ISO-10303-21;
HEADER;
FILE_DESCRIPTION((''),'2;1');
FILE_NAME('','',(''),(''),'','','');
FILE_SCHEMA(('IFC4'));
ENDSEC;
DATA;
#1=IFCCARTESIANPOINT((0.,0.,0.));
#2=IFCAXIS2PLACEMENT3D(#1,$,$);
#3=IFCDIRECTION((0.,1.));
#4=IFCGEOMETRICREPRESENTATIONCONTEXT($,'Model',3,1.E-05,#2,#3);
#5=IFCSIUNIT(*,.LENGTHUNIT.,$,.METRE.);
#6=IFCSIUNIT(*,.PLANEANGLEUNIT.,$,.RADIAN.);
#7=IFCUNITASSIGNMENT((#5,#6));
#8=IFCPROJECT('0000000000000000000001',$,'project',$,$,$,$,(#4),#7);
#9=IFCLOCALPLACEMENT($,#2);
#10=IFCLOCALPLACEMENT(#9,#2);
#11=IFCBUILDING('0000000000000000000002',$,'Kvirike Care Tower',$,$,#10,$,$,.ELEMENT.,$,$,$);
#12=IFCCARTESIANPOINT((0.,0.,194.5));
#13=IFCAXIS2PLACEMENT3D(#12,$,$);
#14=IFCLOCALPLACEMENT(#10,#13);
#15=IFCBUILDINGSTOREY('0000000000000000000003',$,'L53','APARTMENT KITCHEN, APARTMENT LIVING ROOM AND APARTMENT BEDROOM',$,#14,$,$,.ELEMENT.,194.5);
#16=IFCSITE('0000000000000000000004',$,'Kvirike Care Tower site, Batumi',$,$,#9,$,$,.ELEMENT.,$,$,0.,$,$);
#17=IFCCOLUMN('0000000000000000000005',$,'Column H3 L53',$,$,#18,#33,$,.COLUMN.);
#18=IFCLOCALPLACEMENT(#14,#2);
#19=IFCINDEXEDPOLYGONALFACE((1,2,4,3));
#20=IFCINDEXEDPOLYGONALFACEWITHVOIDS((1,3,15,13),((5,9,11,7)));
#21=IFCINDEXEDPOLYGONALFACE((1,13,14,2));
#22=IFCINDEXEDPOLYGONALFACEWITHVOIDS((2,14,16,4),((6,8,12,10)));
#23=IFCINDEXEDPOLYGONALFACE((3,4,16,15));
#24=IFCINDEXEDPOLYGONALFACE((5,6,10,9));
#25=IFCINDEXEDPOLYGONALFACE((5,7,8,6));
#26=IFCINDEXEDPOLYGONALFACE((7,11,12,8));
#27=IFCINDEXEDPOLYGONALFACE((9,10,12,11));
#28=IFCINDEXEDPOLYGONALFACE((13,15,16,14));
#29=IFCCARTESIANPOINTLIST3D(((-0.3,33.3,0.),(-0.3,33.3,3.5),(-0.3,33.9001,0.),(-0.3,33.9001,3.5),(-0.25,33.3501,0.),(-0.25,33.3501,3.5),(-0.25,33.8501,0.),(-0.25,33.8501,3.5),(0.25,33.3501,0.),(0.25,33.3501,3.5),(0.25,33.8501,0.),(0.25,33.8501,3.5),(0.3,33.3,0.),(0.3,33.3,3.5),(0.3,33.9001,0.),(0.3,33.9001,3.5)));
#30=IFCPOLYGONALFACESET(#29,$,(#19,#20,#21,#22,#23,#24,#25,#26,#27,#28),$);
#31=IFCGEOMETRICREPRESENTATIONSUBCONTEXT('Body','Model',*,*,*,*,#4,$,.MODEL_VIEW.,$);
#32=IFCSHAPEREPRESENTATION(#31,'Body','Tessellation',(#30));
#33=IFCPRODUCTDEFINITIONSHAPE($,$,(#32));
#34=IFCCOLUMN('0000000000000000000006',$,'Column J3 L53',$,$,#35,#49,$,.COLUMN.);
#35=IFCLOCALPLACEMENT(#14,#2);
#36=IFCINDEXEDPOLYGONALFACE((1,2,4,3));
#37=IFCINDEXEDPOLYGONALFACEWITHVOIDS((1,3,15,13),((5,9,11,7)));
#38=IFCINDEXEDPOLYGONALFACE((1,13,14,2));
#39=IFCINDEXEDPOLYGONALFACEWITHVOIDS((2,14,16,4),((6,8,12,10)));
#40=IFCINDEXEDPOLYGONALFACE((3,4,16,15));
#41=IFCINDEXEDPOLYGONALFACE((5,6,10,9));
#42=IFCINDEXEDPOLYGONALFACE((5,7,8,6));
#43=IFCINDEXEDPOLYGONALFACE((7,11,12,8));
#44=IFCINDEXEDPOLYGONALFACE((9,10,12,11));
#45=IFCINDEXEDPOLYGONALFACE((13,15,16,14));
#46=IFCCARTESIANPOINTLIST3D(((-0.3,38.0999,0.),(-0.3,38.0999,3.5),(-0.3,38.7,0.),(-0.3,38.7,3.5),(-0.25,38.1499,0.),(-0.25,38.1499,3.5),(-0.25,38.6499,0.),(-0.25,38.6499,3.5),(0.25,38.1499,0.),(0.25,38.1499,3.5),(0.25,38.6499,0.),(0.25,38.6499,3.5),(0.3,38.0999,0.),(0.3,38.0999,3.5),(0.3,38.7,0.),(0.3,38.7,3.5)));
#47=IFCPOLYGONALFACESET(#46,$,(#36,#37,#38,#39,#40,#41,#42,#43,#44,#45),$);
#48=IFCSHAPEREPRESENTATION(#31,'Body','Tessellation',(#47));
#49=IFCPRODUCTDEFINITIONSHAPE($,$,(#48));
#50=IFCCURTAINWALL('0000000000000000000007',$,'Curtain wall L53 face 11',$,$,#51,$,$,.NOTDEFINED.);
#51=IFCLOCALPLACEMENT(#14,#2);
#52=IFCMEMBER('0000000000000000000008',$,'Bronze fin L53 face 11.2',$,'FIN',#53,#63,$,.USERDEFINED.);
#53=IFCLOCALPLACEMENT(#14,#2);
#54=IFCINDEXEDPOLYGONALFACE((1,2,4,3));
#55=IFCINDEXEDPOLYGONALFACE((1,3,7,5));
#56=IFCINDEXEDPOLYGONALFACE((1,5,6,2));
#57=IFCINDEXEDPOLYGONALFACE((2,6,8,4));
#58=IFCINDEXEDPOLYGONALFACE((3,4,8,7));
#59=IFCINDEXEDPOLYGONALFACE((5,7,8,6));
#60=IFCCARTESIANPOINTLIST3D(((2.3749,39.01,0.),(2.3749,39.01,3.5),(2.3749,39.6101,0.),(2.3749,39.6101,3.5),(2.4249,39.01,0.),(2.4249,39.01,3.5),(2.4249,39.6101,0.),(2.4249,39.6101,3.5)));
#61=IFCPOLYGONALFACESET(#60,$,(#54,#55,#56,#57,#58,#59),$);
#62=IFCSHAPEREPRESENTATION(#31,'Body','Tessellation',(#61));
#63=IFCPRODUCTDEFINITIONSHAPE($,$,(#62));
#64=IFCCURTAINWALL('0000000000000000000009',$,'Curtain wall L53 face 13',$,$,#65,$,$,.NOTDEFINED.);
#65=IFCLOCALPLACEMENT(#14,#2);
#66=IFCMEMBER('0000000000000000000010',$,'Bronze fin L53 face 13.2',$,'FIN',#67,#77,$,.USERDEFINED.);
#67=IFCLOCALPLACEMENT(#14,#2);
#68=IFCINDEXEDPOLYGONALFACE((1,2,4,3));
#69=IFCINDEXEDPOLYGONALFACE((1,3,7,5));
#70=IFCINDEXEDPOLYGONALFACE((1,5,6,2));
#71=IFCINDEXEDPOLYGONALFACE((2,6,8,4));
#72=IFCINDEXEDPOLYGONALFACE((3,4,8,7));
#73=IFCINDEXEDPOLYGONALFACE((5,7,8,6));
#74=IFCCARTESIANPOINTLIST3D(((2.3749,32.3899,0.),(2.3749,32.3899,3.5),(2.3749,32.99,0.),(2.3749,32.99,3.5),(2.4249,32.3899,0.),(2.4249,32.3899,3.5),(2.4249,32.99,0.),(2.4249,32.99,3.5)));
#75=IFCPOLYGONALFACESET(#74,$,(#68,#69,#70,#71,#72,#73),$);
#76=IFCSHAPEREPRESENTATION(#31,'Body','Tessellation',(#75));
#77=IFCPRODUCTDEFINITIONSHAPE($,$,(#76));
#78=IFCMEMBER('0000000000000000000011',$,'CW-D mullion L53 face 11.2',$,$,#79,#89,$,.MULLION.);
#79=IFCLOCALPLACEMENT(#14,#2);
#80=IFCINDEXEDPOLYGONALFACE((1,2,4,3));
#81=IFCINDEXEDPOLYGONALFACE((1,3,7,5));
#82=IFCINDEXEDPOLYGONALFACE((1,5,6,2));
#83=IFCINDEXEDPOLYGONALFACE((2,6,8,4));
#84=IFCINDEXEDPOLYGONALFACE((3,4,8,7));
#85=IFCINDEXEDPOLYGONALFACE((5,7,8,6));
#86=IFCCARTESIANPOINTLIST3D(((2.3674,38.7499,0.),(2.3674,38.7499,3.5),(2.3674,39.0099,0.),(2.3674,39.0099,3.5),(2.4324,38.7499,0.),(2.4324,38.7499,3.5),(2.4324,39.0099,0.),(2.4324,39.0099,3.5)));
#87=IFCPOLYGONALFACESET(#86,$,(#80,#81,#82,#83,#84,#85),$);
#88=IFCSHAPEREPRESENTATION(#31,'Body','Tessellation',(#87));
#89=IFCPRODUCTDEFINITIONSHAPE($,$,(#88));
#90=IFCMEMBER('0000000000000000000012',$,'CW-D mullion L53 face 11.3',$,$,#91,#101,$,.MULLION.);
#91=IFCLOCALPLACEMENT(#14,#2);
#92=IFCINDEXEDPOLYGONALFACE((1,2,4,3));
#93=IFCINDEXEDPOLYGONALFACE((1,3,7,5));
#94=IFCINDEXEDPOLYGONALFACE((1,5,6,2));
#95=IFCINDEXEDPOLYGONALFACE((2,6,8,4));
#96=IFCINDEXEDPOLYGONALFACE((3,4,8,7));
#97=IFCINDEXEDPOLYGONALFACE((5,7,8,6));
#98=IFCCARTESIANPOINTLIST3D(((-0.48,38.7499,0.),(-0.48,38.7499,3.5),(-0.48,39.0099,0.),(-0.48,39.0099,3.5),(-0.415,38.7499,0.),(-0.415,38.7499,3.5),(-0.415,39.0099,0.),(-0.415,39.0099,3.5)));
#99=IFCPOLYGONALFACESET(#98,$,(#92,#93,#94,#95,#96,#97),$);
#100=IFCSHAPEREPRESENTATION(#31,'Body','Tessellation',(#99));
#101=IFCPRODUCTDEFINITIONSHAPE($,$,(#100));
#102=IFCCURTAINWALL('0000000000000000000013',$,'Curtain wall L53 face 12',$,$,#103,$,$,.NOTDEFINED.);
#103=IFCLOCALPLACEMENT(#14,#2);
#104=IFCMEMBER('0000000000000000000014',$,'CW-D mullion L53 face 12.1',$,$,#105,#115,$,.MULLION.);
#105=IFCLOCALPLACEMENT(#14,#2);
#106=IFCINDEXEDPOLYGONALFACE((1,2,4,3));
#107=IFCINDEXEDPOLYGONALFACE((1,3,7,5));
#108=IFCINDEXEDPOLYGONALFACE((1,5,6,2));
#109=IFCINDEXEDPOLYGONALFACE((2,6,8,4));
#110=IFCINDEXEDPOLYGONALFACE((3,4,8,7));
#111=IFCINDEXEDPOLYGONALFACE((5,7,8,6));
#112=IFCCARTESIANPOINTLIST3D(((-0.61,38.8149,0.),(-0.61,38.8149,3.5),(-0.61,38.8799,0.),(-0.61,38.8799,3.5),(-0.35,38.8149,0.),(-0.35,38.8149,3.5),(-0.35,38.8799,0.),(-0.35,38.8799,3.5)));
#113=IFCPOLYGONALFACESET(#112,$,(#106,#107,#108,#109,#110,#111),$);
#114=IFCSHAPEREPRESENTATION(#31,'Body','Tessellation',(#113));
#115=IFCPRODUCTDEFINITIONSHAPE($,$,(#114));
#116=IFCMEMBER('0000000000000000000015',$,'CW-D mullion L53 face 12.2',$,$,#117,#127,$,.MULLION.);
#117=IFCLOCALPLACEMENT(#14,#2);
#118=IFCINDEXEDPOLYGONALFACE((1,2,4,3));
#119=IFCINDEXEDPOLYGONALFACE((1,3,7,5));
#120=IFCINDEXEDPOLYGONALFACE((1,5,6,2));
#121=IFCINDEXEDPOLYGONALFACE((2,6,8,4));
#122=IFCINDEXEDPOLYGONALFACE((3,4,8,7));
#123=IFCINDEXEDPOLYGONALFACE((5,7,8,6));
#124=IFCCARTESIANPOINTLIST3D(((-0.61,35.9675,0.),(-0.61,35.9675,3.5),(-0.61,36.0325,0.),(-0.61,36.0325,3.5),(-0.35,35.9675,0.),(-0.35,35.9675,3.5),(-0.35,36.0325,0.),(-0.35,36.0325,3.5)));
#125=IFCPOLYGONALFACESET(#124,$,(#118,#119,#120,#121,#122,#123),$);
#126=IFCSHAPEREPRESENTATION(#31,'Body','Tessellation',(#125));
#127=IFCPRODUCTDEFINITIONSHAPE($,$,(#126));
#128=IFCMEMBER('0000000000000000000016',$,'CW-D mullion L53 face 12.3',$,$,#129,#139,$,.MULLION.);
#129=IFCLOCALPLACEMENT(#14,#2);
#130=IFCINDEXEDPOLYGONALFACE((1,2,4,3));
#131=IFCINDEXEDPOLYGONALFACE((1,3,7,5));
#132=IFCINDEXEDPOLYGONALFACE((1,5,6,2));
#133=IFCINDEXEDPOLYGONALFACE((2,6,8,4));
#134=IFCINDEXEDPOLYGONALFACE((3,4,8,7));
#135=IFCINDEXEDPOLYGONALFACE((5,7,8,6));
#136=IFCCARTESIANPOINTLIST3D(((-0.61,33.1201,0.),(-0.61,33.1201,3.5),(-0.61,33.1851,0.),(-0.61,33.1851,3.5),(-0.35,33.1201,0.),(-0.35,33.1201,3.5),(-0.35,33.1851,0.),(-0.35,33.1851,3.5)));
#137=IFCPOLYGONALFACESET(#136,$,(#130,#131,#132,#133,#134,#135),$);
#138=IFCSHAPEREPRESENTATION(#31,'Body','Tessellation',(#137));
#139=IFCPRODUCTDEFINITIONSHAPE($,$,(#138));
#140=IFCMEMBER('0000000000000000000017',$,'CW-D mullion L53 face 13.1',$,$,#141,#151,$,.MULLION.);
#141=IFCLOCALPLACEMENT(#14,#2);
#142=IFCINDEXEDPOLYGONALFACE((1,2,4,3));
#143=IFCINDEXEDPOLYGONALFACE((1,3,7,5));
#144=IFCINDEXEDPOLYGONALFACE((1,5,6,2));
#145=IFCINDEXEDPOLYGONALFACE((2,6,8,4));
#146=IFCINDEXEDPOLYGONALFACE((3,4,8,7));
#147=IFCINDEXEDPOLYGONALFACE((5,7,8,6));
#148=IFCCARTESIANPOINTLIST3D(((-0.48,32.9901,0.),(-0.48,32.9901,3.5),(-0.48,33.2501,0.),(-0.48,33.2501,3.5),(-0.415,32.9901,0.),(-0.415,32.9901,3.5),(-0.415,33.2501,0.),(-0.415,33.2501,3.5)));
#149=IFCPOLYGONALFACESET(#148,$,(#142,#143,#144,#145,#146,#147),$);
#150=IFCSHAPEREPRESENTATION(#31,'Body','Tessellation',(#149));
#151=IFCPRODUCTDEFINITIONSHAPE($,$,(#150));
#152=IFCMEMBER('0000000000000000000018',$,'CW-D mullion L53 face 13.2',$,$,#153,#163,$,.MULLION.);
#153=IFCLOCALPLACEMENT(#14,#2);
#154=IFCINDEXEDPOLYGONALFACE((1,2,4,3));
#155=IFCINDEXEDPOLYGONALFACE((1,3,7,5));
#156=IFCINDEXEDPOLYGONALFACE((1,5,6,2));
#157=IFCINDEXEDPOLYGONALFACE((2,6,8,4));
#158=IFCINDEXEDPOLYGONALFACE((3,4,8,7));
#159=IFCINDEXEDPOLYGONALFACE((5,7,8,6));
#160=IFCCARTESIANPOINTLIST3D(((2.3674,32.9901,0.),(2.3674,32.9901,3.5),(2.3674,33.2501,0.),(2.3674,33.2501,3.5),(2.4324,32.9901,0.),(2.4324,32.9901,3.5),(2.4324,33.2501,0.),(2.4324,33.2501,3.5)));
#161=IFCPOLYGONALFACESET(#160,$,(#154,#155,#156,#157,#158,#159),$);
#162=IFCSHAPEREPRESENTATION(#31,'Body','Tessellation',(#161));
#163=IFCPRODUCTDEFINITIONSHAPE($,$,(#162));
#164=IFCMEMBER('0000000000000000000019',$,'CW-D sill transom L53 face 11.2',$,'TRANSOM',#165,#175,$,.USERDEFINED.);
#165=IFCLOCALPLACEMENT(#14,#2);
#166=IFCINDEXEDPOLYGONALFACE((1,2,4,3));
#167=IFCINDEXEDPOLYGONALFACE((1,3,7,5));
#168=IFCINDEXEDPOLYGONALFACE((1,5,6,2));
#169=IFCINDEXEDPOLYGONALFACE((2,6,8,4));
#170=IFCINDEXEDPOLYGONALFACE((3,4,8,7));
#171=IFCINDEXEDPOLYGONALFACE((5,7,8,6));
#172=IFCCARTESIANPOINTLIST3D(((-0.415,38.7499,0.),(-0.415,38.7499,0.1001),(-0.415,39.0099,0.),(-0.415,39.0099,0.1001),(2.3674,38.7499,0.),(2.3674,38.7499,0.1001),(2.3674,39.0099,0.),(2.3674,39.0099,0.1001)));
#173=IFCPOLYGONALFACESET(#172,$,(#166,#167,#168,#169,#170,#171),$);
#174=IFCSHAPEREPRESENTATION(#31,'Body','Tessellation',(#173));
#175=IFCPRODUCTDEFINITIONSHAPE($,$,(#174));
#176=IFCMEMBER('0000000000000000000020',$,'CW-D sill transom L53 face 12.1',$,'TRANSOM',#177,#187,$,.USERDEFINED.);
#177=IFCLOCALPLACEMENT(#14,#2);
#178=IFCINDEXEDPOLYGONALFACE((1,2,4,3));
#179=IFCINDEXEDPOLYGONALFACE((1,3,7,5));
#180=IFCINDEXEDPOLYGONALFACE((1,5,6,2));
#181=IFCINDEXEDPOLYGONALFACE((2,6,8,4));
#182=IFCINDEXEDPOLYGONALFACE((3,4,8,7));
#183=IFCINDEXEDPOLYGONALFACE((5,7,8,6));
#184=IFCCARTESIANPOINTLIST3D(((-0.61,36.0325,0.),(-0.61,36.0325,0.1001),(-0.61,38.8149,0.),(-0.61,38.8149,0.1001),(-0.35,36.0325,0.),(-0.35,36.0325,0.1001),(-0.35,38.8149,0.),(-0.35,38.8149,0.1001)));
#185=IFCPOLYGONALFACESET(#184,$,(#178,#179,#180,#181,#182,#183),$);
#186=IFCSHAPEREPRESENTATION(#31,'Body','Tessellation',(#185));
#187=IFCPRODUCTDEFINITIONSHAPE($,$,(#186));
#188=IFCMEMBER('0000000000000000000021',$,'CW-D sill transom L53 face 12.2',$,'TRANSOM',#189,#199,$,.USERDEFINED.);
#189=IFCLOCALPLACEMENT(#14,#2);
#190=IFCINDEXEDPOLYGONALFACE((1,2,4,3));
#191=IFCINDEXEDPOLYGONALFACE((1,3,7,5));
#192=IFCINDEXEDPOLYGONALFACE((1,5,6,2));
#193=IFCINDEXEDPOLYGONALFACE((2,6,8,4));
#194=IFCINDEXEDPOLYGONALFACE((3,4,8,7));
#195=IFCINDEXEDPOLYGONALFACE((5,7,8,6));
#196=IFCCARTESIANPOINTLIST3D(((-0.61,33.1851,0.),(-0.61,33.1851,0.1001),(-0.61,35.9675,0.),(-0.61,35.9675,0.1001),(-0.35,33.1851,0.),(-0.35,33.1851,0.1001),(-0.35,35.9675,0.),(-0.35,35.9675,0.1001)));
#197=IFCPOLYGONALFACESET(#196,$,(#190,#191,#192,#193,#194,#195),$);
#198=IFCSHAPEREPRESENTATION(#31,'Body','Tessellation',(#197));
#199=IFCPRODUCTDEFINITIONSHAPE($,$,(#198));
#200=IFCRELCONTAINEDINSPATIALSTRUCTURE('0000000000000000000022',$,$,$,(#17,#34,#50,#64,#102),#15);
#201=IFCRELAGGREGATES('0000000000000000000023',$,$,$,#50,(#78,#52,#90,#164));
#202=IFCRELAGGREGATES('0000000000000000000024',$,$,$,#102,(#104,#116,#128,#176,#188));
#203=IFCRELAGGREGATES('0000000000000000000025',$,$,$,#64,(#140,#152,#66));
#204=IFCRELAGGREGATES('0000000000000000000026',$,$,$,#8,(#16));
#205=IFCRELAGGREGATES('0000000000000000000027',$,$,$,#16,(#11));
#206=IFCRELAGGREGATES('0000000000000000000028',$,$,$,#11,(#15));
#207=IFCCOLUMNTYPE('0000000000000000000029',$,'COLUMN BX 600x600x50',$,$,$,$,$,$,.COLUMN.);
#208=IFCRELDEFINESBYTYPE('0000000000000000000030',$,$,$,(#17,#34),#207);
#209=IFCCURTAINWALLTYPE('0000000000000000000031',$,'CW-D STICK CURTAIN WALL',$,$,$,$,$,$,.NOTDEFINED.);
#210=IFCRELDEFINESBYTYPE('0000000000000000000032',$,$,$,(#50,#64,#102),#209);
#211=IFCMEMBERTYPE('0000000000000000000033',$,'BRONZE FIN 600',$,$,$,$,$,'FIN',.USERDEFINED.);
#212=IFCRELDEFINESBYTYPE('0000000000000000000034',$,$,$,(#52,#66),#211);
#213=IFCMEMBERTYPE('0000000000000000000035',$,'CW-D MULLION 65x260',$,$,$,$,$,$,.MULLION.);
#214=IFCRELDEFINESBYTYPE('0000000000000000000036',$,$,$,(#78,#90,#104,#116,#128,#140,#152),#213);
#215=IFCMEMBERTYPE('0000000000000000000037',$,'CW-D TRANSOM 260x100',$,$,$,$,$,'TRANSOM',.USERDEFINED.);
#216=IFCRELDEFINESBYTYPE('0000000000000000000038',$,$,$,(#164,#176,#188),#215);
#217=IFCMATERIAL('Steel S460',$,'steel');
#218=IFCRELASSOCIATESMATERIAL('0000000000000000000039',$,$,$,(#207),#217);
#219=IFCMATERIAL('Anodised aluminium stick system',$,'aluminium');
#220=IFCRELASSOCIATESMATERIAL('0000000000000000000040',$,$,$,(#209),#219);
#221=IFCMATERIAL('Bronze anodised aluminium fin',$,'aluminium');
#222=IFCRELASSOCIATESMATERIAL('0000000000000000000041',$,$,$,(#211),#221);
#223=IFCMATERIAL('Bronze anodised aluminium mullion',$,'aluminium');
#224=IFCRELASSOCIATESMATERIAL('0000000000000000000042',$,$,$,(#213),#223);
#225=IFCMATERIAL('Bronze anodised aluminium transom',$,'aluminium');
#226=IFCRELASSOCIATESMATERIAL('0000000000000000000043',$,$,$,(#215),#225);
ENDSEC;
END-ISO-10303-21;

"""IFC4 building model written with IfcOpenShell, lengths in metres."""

from ifc_helpers import new_model, si_unit, direction, frame, origin, origin_2d, place, context, subcontext, project, spatial, rectangle, hollow_rectangle, extrude, material, material_profile, profile_set, type_object, element, aggregate, save


model = new_model("IFC4")

# Units and contexts
model_context = context("Model", 3, precision=1e-05, world=origin(), true_north=direction((0.0, 1.0)))
body_context = subcontext(model_context, "Body", "Model", "MODEL_VIEW")
ifc_project = project(units=[si_unit("LENGTHUNIT", "METRE"), si_unit("PLANEANGLEUNIT", "RADIAN")], contexts=[model_context])

# Site, building, storey
site_placement = place(None, origin())
site = spatial("IfcSite", under=ifc_project, at=site_placement, Name="Kvirike Care Tower site, Batumi", CompositionType="ELEMENT", RefElevation=0.0)
building_placement = place(site_placement, origin())
building = spatial("IfcBuilding", under=site, at=building_placement, Name="Kvirike Care Tower", CompositionType="ELEMENT")
storey_placement = place(building_placement, frame((0.0, 0.0, 194.5)))
storey = spatial("IfcBuildingStorey", under=building, at=storey_placement, Name="L53", Description="APARTMENT KITCHEN, APARTMENT LIVING ROOM AND APARTMENT BEDROOM", CompositionType="ELEMENT", Elevation=194.5)

# Columns
ifc_material_1 = material(Name="Steel S460", Category="steel")
ifc_material_profile_1 = material_profile(ifc_material_1, hollow_rectangle(XDim=0.6001, YDim=0.6001, WallThickness=0.05, at=origin_2d()), Name="BX 600x600x50")
ifc_profile_set_1 = profile_set([ifc_material_profile_1], Name="Steel S460")
column_type = type_object("IfcColumnType", Name="COLUMN BX 600x600x50", PredefinedType="COLUMN", material=ifc_profile_set_1)
for number, where, z_axis, x_axis, name in (
    (1, (0.0, 33.6001, 0.0), (0.0, 0.0, 1.0), (0.0, 1.0, 0.0), "Column H3 L53"),
    (2, (0.0, 38.3999, 0.0), (0.0, 0.0, 1.0), (0.0, 1.0, 0.0), "Column J3 L53"),
):
    element("IfcColumn", number, at=place(storey_placement, frame(where, z_axis=z_axis, x_axis=x_axis)), inside=storey, type_object=column_type, Name=name, PredefinedType="COLUMN", context=body_context, shape_type="SweptSolid", body=[
        extrude(hollow_rectangle(XDim=0.6001, YDim=0.6001, WallThickness=0.05, at=origin_2d()), origin(), (0.0, 0.0, 1.0), 3.5),
    ])

# Curtain walls, members
ifc_material_2 = material(Name="Anodised aluminium stick system", Category="aluminium")
curtain_wall_type = type_object("IfcCurtainWallType", Name="CW-D STICK CURTAIN WALL", PredefinedType="NOTDEFINED", material=ifc_material_2)
curtain_wall_1_placement = place(storey_placement, origin())
curtain_wall_1 = element("IfcCurtainWall", 3, at=curtain_wall_1_placement, inside=storey, type_object=curtain_wall_type, Name="Curtain wall L53 face 11", PredefinedType="NOTDEFINED")
ifc_material_3 = material(Name="Bronze anodised aluminium fin", Category="aluminium")
ifc_material_profile_2 = material_profile(ifc_material_3, rectangle(XDim=0.05, YDim=0.6001, at=origin_2d()), Name="BRONZE FIN 600")
ifc_profile_set_2 = profile_set([ifc_material_profile_2], Name="Bronze anodised aluminium fin")
member_type_1 = type_object("IfcMemberType", Name="BRONZE FIN 600", ElementType="FIN", PredefinedType="USERDEFINED", material=ifc_profile_set_2)
member_1_placement = place(storey_placement, frame((2.3999, 39.3101, 0.0), z_axis=(0.0, 0.0, 1.0), x_axis=(-1.0, 0.0, 0.0)))
member_1 = element("IfcMember", 4, at=member_1_placement, type_object=member_type_1, Name="Bronze fin L53 face 11.2", ObjectType="FIN", PredefinedType="USERDEFINED", context=body_context, shape_type="SweptSolid", body=[
    extrude(rectangle(XDim=0.05, YDim=0.6001, at=origin_2d()), origin(), (0.0, 0.0, 1.0), 3.5),
])
curtain_wall_2_placement = place(storey_placement, origin())
curtain_wall_2 = element("IfcCurtainWall", 5, at=curtain_wall_2_placement, inside=storey, type_object=curtain_wall_type, Name="Curtain wall L53 face 13", PredefinedType="NOTDEFINED")
member_2_placement = place(storey_placement, frame((2.3999, 32.6899, 0.0), z_axis=(0.0, 0.0, 1.0), x_axis=(1.0, 0.0, 0.0)))
member_2 = element("IfcMember", 6, at=member_2_placement, type_object=member_type_1, Name="Bronze fin L53 face 13.2", ObjectType="FIN", PredefinedType="USERDEFINED", context=body_context, shape_type="SweptSolid", body=[
    extrude(rectangle(XDim=0.05, YDim=0.6001, at=origin_2d()), origin(), (0.0, 0.0, 1.0), 3.5),
])

# Members
ifc_material_4 = material(Name="Bronze anodised aluminium mullion", Category="aluminium")
ifc_material_profile_3 = material_profile(ifc_material_4, rectangle(XDim=0.0649, YDim=0.26, at=origin_2d()), Name="CW-D MULLION 65x260")
ifc_profile_set_3 = profile_set([ifc_material_profile_3], Name="Bronze anodised aluminium mullion")
member_type_2 = type_object("IfcMemberType", Name="CW-D MULLION 65x260", PredefinedType="MULLION", material=ifc_profile_set_3)
member_3_placement = place(storey_placement, frame((2.3999, 38.8799, 0.0), z_axis=(0.0, 0.0, 1.0), x_axis=(-1.0, 0.0, 0.0)))
member_3 = element("IfcMember", 7, at=member_3_placement, type_object=member_type_2, Name="CW-D mullion L53 face 11.2", PredefinedType="MULLION", context=body_context, shape_type="SweptSolid", body=[
    extrude(rectangle(XDim=0.0649, YDim=0.26, at=origin_2d()), origin(), (0.0, 0.0, 1.0), 3.5),
])
member_4_placement = place(storey_placement, frame((-0.4475, 38.8799, 0.0), z_axis=(0.0, 0.0, 1.0), x_axis=(-1.0, 0.0, 0.0)))
member_4 = element("IfcMember", 8, at=member_4_placement, type_object=member_type_2, Name="CW-D mullion L53 face 11.3", PredefinedType="MULLION", context=body_context, shape_type="SweptSolid", body=[
    extrude(rectangle(XDim=0.0649, YDim=0.26, at=origin_2d()), origin(), (0.0, 0.0, 1.0), 3.5),
])

# Curtain wall, members
curtain_wall_3_placement = place(storey_placement, origin())
curtain_wall_3 = element("IfcCurtainWall", 9, at=curtain_wall_3_placement, inside=storey, type_object=curtain_wall_type, Name="Curtain wall L53 face 12", PredefinedType="NOTDEFINED")
member_5_placement = place(storey_placement, frame((-0.48, 38.8474, 0.0), z_axis=(0.0, 0.0, 1.0), x_axis=(0.0, -1.0, 0.0)))
member_5 = element("IfcMember", 10, at=member_5_placement, type_object=member_type_2, Name="CW-D mullion L53 face 12.1", PredefinedType="MULLION", context=body_context, shape_type="SweptSolid", body=[
    extrude(rectangle(XDim=0.0649, YDim=0.26, at=origin_2d()), origin(), (0.0, 0.0, 1.0), 3.5),
])
member_6_placement = place(storey_placement, frame((-0.48, 36.0, 0.0), z_axis=(0.0, 0.0, 1.0), x_axis=(0.0, -1.0, 0.0)))
member_6 = element("IfcMember", 11, at=member_6_placement, type_object=member_type_2, Name="CW-D mullion L53 face 12.2", PredefinedType="MULLION", context=body_context, shape_type="SweptSolid", body=[
    extrude(rectangle(XDim=0.0649, YDim=0.26, at=origin_2d()), origin(), (0.0, 0.0, 1.0), 3.5),
])
member_7_placement = place(storey_placement, frame((-0.48, 33.1526, 0.0), z_axis=(0.0, 0.0, 1.0), x_axis=(0.0, -1.0, 0.0)))
member_7 = element("IfcMember", 12, at=member_7_placement, type_object=member_type_2, Name="CW-D mullion L53 face 12.3", PredefinedType="MULLION", context=body_context, shape_type="SweptSolid", body=[
    extrude(rectangle(XDim=0.0649, YDim=0.26, at=origin_2d()), origin(), (0.0, 0.0, 1.0), 3.5),
])

# Members
member_8_placement = place(storey_placement, frame((-0.4475, 33.1201, 0.0), z_axis=(0.0, 0.0, 1.0), x_axis=(1.0, 0.0, 0.0)))
member_8 = element("IfcMember", 13, at=member_8_placement, type_object=member_type_2, Name="CW-D mullion L53 face 13.1", PredefinedType="MULLION", context=body_context, shape_type="SweptSolid", body=[
    extrude(rectangle(XDim=0.0649, YDim=0.26, at=origin_2d()), origin(), (0.0, 0.0, 1.0), 3.5),
])
member_9_placement = place(storey_placement, frame((2.3999, 33.1201, 0.0), z_axis=(0.0, 0.0, 1.0), x_axis=(1.0, 0.0, 0.0)))
member_9 = element("IfcMember", 14, at=member_9_placement, type_object=member_type_2, Name="CW-D mullion L53 face 13.2", PredefinedType="MULLION", context=body_context, shape_type="SweptSolid", body=[
    extrude(rectangle(XDim=0.0649, YDim=0.26, at=origin_2d()), origin(), (0.0, 0.0, 1.0), 3.5),
])
ifc_material_5 = material(Name="Bronze anodised aluminium transom", Category="aluminium")
ifc_material_profile_4 = material_profile(ifc_material_5, rectangle(XDim=0.26, YDim=0.1001, at=origin_2d()), Name="CW-D TRANSOM 260x100")
ifc_profile_set_4 = profile_set([ifc_material_profile_4], Name="Bronze anodised aluminium transom")
member_type_3 = type_object("IfcMemberType", Name="CW-D TRANSOM 260x100", ElementType="TRANSOM", PredefinedType="USERDEFINED", material=ifc_profile_set_4)
member_10_placement = place(storey_placement, frame((2.3674, 38.8799, 0.05), z_axis=(-1.0, 0.0, 0.0), x_axis=(0.0, -1.0, 0.0)))
member_10 = element("IfcMember", 15, at=member_10_placement, type_object=member_type_3, Name="CW-D sill transom L53 face 11.2", ObjectType="TRANSOM", PredefinedType="USERDEFINED", context=body_context, shape_type="SweptSolid", body=[
    extrude(rectangle(XDim=0.26, YDim=0.1001, at=origin_2d()), origin(), (0.0, 0.0, 1.0), 2.7825),
])
member_11_placement = place(storey_placement, frame((-0.48, 38.8149, 0.05), z_axis=(0.0, -1.0, 0.0), x_axis=(1.0, 0.0, 0.0)))
member_11 = element("IfcMember", 16, at=member_11_placement, type_object=member_type_3, Name="CW-D sill transom L53 face 12.1", ObjectType="TRANSOM", PredefinedType="USERDEFINED", context=body_context, shape_type="SweptSolid", body=[
    extrude(rectangle(XDim=0.26, YDim=0.1001, at=origin_2d()), origin(), (0.0, 0.0, 1.0), 2.7825),
])
member_12_placement = place(storey_placement, frame((-0.48, 35.9675, 0.05), z_axis=(0.0, -1.0, 0.0), x_axis=(1.0, 0.0, 0.0)))
member_12 = element("IfcMember", 17, at=member_12_placement, type_object=member_type_3, Name="CW-D sill transom L53 face 12.2", ObjectType="TRANSOM", PredefinedType="USERDEFINED", context=body_context, shape_type="SweptSolid", body=[
    extrude(rectangle(XDim=0.26, YDim=0.1001, at=origin_2d()), origin(), (0.0, 0.0, 1.0), 2.7825),
])

aggregate(curtain_wall_1, [member_3, member_1, member_4, member_10])
aggregate(curtain_wall_3, [member_5, member_6, member_7, member_11, member_12])
aggregate(curtain_wall_2, [member_8, member_9, member_2])

save(model, "model.ifc")
